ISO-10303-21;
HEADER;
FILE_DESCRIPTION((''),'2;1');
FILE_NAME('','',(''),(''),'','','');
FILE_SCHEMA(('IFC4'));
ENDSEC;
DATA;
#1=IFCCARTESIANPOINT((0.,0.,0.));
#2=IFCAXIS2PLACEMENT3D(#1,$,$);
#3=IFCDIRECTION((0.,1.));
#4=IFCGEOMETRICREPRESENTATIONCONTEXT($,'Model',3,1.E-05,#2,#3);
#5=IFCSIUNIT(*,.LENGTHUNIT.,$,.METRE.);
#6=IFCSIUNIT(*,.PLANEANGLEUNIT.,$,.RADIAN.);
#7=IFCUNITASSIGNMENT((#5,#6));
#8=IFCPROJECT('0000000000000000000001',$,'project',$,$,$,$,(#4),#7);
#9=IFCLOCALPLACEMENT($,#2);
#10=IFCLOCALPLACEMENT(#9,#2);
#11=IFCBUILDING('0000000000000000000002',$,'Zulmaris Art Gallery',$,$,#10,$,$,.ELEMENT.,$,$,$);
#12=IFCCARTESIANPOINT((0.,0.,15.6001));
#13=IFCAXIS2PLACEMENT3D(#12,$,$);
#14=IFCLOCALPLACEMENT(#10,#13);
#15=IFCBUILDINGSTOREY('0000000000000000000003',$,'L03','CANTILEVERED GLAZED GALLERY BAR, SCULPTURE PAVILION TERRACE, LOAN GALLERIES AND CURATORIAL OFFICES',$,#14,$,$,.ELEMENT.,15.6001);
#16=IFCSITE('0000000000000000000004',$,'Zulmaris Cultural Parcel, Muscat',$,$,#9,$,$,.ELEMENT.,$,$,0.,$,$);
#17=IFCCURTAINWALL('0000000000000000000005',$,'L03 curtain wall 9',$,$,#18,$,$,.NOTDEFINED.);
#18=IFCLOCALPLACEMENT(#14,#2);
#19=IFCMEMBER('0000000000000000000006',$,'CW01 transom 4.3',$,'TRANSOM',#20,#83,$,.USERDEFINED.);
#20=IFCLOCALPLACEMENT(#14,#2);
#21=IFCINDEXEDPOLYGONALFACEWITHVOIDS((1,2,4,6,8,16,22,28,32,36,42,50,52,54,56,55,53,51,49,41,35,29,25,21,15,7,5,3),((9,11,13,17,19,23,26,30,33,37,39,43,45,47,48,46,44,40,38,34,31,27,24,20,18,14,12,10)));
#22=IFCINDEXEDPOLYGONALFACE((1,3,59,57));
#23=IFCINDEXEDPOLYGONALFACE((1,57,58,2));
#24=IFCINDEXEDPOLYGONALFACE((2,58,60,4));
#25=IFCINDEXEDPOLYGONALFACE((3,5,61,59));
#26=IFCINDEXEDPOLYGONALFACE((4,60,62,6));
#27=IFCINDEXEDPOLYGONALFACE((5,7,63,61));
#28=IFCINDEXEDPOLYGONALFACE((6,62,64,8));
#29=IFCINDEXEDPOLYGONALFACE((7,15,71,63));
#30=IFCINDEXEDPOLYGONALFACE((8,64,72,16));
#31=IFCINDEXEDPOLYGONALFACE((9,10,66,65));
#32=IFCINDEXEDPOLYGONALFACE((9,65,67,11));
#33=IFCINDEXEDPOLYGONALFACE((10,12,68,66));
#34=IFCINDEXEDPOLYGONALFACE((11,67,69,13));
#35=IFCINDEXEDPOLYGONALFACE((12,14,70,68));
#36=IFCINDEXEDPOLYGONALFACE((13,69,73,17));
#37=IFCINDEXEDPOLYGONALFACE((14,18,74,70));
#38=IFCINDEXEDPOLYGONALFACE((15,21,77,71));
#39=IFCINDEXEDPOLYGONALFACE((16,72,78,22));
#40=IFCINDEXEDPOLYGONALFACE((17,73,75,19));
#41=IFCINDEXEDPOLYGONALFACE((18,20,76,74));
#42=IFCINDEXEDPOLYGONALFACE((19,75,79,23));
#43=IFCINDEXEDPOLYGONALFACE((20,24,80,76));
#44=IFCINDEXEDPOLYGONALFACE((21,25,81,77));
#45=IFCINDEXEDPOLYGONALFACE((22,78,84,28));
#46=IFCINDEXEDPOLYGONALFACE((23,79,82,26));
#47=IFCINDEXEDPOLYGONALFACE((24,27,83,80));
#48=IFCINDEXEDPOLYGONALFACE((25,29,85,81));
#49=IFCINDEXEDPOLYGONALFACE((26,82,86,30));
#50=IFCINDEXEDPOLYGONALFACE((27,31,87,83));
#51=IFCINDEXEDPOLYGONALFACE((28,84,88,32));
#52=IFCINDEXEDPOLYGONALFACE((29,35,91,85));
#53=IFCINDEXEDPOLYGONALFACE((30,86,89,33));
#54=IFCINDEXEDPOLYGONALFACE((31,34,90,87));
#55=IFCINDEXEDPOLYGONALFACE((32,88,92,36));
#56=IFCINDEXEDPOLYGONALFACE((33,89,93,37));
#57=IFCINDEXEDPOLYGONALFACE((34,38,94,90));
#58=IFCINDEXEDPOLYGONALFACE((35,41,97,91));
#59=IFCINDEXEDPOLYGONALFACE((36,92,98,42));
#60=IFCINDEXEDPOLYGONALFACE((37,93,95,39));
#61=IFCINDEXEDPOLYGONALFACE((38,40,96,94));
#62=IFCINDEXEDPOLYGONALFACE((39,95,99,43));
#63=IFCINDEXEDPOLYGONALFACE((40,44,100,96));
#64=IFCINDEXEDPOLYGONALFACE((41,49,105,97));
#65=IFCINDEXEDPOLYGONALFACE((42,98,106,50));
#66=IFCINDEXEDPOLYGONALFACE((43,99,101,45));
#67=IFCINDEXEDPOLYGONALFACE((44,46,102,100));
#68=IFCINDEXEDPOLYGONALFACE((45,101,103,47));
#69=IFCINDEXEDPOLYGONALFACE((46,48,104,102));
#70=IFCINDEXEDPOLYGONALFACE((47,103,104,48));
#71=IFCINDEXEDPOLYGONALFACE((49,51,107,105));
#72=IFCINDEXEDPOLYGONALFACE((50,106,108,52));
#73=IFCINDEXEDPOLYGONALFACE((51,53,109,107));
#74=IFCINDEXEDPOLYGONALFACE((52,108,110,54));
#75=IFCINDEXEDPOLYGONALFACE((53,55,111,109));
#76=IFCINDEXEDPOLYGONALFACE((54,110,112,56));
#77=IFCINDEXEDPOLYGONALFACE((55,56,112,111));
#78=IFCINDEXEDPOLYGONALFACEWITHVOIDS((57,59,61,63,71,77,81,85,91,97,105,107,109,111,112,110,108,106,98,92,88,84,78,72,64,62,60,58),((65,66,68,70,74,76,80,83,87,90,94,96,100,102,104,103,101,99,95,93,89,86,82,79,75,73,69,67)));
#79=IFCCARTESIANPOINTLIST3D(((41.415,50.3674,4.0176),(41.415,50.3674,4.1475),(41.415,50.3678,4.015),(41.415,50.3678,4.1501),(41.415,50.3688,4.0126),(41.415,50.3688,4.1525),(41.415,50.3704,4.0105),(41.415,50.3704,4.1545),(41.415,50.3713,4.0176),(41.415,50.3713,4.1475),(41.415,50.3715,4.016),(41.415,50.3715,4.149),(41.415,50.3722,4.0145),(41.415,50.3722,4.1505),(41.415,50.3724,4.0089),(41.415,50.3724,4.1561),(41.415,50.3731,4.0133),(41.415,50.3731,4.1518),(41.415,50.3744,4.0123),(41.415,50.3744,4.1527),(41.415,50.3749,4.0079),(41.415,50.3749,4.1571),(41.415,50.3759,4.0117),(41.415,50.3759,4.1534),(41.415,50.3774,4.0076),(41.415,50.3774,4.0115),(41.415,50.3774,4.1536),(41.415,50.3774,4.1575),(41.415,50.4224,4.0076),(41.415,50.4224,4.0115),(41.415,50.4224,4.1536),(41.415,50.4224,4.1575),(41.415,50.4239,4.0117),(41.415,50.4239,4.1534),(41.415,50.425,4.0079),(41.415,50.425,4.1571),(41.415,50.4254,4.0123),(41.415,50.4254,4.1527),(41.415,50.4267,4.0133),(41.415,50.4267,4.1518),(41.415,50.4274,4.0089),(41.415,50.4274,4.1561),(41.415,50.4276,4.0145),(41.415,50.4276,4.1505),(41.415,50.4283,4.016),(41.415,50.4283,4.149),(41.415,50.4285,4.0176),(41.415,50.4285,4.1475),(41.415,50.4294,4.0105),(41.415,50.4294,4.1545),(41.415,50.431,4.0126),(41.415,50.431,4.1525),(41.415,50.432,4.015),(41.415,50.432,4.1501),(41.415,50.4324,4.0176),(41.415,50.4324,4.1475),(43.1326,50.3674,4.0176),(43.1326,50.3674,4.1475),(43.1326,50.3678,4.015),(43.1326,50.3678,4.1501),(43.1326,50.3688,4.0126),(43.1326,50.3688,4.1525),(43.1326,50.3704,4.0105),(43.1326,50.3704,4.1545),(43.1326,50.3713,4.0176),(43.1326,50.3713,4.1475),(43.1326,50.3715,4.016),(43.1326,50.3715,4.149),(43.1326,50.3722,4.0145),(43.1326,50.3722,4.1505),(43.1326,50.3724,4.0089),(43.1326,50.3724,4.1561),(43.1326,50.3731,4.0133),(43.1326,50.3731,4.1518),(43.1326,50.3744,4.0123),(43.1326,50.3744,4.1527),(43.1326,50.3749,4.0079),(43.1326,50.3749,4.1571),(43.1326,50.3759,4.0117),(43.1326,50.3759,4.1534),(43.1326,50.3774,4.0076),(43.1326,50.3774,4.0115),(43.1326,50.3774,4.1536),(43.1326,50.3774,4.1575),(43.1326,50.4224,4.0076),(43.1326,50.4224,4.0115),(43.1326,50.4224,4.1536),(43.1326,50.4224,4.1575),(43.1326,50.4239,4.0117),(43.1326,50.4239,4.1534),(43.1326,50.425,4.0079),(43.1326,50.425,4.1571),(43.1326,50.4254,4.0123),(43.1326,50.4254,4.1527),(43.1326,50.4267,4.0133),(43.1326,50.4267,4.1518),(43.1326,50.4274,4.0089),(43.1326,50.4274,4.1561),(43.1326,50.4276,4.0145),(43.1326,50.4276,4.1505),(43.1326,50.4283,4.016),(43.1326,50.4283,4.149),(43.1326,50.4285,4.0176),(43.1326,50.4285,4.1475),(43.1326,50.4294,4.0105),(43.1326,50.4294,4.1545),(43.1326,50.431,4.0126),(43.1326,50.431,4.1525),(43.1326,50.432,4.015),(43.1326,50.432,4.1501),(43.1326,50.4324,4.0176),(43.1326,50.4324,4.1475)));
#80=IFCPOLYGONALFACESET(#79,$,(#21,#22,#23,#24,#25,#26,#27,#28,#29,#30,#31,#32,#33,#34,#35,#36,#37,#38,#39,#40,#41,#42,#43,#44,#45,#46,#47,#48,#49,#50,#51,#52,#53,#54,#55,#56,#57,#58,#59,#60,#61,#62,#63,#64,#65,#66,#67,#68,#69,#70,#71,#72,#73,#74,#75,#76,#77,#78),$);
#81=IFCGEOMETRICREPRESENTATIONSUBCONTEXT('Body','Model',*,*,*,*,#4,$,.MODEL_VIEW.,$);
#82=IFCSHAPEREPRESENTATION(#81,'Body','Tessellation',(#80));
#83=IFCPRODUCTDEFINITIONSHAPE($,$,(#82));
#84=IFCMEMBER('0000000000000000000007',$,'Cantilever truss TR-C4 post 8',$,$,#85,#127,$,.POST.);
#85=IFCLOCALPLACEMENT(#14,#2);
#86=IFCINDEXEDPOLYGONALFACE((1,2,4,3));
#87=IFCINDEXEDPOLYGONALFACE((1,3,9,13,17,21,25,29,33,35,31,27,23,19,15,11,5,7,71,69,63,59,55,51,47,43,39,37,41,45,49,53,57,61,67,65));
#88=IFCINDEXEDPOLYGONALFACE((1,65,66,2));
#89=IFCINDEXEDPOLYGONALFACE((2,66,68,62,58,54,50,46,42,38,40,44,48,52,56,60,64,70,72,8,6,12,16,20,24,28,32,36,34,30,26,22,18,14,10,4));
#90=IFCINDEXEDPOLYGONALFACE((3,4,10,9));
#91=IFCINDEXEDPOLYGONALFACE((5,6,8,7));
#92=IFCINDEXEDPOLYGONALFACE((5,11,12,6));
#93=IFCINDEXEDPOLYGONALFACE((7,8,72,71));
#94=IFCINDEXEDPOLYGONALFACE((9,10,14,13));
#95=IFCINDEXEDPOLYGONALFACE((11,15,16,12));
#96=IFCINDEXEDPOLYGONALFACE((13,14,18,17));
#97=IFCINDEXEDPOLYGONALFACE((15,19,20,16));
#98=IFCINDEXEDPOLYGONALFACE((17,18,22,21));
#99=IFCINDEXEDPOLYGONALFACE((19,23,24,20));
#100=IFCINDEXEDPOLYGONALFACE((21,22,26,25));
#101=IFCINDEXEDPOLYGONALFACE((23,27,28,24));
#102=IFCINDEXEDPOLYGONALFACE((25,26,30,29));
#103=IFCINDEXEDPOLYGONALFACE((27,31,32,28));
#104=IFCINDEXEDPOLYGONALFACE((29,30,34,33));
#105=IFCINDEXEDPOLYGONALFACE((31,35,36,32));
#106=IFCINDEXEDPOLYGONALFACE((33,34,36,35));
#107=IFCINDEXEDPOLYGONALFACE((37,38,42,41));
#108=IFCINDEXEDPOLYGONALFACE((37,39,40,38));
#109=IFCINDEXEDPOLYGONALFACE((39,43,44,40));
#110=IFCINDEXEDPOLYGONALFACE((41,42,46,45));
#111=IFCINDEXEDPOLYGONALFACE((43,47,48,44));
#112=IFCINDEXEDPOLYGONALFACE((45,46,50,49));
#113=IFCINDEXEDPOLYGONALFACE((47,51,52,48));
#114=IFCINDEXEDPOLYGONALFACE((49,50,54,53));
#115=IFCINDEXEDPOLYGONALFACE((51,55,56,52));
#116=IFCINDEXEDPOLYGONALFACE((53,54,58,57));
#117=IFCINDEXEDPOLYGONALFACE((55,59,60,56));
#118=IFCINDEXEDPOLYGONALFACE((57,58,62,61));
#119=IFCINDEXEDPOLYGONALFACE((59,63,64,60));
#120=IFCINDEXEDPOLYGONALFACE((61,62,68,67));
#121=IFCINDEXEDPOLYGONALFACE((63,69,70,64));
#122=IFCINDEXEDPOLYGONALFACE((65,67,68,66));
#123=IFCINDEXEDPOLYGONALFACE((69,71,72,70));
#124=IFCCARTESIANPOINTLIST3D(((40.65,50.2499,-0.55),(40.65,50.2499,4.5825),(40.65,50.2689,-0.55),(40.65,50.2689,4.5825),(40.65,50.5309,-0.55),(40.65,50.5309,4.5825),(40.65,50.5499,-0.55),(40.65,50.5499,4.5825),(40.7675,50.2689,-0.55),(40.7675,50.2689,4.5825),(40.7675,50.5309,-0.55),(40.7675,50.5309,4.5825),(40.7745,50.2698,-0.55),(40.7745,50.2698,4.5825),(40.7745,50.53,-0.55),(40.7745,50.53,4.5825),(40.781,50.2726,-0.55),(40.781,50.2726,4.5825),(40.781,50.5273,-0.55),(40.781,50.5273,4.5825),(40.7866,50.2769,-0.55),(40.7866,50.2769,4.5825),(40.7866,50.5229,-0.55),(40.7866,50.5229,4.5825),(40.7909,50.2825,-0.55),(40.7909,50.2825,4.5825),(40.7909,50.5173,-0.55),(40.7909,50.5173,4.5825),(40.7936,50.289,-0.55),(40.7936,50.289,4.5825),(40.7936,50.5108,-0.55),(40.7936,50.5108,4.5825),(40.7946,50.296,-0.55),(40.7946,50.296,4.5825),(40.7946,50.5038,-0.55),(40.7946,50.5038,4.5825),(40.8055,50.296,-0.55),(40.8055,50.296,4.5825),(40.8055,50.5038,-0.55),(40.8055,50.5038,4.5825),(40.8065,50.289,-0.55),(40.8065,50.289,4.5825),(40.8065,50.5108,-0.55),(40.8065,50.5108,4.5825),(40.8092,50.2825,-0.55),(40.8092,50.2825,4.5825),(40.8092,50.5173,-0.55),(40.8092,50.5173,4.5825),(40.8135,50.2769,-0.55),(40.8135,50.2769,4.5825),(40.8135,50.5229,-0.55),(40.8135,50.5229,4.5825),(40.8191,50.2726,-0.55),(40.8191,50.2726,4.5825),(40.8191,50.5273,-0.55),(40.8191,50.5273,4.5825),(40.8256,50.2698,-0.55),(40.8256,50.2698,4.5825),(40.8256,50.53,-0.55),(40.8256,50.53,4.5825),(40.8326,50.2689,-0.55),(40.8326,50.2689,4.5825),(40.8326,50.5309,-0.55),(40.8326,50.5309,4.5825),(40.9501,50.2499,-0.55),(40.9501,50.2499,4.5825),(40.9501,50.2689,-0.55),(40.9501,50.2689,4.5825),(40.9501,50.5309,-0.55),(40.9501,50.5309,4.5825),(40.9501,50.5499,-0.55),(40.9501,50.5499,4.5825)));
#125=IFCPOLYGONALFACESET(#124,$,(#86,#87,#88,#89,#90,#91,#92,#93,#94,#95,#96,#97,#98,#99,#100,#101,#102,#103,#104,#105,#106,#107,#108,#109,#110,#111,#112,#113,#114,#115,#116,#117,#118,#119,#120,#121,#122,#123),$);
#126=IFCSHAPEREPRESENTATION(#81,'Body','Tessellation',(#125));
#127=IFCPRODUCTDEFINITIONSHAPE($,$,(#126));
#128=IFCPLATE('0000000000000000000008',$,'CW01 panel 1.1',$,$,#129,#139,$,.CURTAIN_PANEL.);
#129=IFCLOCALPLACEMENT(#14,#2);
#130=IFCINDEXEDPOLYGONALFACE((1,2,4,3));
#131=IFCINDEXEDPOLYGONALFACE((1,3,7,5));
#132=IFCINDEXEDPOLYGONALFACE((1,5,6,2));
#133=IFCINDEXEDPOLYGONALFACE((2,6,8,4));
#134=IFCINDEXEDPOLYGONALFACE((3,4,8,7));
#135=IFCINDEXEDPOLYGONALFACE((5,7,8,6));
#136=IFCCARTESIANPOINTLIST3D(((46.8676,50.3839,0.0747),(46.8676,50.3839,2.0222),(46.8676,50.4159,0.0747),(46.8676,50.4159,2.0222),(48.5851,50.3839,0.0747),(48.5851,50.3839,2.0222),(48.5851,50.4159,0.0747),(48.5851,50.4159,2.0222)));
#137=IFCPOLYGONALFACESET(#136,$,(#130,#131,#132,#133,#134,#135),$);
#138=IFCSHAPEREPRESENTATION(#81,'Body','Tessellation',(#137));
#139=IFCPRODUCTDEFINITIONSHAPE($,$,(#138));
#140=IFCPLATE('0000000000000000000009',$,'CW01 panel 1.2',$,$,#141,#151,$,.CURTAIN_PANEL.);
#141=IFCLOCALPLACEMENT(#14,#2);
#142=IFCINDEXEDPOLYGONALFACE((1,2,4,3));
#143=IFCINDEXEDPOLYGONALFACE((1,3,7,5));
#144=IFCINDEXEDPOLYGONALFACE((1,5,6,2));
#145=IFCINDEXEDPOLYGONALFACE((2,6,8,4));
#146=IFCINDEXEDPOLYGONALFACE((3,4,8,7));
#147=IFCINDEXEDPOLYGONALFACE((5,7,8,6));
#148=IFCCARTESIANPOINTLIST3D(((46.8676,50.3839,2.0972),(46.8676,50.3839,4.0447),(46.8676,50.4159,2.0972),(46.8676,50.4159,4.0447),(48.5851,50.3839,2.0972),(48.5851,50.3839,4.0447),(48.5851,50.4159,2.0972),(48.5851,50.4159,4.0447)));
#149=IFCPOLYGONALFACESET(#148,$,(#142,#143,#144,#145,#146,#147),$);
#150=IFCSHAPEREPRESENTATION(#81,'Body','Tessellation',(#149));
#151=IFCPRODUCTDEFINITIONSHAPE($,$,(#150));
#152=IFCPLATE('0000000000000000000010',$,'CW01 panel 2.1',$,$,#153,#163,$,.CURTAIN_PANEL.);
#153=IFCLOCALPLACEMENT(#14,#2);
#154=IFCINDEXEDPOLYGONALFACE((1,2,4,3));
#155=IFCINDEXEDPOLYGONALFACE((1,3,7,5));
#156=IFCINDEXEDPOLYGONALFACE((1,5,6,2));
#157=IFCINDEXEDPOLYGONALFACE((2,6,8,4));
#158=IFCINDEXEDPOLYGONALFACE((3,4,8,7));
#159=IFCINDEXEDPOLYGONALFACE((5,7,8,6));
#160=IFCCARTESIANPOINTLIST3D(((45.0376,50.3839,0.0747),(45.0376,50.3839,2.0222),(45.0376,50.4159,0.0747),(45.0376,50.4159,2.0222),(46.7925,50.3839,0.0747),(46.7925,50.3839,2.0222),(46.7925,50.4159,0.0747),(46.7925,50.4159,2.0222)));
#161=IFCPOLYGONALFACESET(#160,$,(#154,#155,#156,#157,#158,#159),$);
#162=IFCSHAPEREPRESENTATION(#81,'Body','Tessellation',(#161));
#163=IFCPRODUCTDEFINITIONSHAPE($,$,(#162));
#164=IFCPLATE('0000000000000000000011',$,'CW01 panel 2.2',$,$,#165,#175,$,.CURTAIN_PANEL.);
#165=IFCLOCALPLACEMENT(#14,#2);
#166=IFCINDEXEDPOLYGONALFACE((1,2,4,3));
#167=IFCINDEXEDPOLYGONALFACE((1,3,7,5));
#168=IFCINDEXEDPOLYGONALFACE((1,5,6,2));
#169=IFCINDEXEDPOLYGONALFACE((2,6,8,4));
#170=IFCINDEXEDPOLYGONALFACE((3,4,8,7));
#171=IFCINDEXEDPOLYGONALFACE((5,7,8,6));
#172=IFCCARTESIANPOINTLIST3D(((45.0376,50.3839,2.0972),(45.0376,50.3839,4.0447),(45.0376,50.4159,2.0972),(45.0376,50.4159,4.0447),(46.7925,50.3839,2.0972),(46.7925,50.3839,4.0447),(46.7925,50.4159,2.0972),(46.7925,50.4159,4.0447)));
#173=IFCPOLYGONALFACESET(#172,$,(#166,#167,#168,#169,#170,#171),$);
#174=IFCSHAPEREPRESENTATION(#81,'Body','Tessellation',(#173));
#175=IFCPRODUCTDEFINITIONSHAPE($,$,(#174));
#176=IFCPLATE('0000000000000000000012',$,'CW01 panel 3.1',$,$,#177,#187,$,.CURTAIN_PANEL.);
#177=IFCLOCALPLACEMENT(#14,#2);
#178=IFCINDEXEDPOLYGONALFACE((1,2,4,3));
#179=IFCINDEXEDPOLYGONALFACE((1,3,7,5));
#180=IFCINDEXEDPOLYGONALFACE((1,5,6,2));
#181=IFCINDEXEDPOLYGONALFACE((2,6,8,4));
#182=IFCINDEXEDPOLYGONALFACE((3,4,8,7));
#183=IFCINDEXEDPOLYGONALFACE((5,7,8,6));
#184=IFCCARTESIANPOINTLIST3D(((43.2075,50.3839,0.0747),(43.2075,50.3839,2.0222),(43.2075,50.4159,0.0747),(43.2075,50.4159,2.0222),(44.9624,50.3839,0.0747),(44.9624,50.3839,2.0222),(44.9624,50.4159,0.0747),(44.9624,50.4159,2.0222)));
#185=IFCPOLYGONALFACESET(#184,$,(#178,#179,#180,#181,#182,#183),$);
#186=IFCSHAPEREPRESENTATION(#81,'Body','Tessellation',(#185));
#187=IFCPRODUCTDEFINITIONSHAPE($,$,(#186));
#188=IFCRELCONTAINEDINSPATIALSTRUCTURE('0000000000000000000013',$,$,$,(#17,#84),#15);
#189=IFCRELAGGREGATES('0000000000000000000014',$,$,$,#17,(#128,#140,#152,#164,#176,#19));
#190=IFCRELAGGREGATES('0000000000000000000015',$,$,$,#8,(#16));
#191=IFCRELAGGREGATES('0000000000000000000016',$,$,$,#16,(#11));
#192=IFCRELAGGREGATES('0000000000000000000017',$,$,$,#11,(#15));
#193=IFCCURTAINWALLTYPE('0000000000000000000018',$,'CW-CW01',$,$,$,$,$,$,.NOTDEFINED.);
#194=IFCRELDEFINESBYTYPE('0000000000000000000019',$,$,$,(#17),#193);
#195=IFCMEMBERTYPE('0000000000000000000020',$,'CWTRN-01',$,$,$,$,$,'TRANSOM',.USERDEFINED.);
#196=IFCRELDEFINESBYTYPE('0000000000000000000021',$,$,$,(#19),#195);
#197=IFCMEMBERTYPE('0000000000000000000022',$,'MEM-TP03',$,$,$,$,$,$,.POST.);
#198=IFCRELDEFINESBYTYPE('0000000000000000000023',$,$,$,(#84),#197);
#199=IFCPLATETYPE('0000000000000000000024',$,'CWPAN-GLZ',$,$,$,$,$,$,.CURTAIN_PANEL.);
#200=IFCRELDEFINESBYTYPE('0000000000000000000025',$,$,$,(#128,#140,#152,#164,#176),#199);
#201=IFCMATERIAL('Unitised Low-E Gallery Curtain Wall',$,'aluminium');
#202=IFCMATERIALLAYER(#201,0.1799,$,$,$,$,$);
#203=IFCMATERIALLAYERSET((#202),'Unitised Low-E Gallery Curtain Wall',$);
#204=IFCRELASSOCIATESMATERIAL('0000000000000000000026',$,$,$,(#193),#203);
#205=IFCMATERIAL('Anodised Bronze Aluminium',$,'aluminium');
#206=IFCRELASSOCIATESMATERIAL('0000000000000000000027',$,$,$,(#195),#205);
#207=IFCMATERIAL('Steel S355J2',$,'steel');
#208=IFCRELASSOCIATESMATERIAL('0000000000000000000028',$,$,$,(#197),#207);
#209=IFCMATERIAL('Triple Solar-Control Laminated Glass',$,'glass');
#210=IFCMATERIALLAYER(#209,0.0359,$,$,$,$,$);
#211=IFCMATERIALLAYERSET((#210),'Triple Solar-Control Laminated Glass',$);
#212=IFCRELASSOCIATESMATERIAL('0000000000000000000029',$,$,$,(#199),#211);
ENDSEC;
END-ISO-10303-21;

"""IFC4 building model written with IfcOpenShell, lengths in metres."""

from ifc_helpers import new_model, si_unit, direction, frame, origin, origin_2d, place, context, subcontext, project, spatial, rectangle, hollow_rectangle, i_section, extrude, material, layer, layer_set, material_profile, profile_set, type_object, element, aggregate, save


model = new_model("IFC4")

# Units and contexts
model_context = context("Model", 3, precision=1e-05, world=origin(), true_north=direction((0.0, 1.0)))
body_context = subcontext(model_context, "Body", "Model", "MODEL_VIEW")
ifc_project = project(units=[si_unit("LENGTHUNIT", "METRE"), si_unit("PLANEANGLEUNIT", "RADIAN")], contexts=[model_context])

# Site, building, storey
site_placement = place(None, origin())
site = spatial("IfcSite", under=ifc_project, at=site_placement, Name="Zulmaris Cultural Parcel, Muscat", CompositionType="ELEMENT", RefElevation=0.0)
building_placement = place(site_placement, origin())
building = spatial("IfcBuilding", under=site, at=building_placement, Name="Zulmaris Art Gallery", CompositionType="ELEMENT")
storey_placement = place(building_placement, frame((0.0, 0.0, 15.6001)))
storey = spatial("IfcBuildingStorey", under=building, at=storey_placement, Name="L03", Description="CANTILEVERED GLAZED GALLERY BAR, SCULPTURE PAVILION TERRACE, LOAN GALLERIES AND CURATORIAL OFFICES", CompositionType="ELEMENT", Elevation=15.6001)

# Shared definitions
ifc_material_1 = material(Name="Steel S355J2", Category="steel")

# Shared definitions
ifc_material_2 = material(Name="Unitised Low-E Gallery Curtain Wall", Category="aluminium")
ifc_layer_1 = layer(ifc_material_2, 0.1799)
ifc_layer_set_1 = layer_set([ifc_layer_1], Name="Unitised Low-E Gallery Curtain Wall")
curtain_wall_type = type_object("IfcCurtainWallType", Name="CW-CW01", PredefinedType="NOTDEFINED", material=ifc_layer_set_1)
ifc_material_3 = material(Name="Anodised Bronze Aluminium", Category="aluminium")

# Curtain wall, member
curtain_wall_1_placement = place(storey_placement, origin())
curtain_wall_1 = element("IfcCurtainWall", 1, at=curtain_wall_1_placement, inside=storey, type_object=curtain_wall_type, Name="L03 curtain wall 9", PredefinedType="NOTDEFINED")
ifc_material_profile_1 = material_profile(ifc_material_3, hollow_rectangle(XDim=0.0649, YDim=0.1499, WallThickness=0.0039, InnerFilletRadius=0.0061, OuterFilletRadius=0.01, at=origin_2d()), Name="ALU 65x150x4")
ifc_profile_set_1 = profile_set([ifc_material_profile_1], Name="Anodised Bronze Aluminium")
member_type_1 = type_object("IfcMemberType", Name="CWTRN-01", ElementType="TRANSOM", PredefinedType="USERDEFINED", material=ifc_profile_set_1)
member_1_placement = place(storey_placement, frame((43.1326, 50.3999, 4.0825), z_axis=(-1.0, 0.0, 0.0), x_axis=(0.0, -1.0, 0.0)))
member_1 = element("IfcMember", 2, at=member_1_placement, type_object=member_type_1, Name="CW01 transom 4.3", ObjectType="TRANSOM", PredefinedType="USERDEFINED", context=body_context, shape_type="SweptSolid", body=[
    extrude(hollow_rectangle(XDim=0.0649, YDim=0.1499, WallThickness=0.0039, InnerFilletRadius=0.0061, OuterFilletRadius=0.01, at=origin_2d()), origin(), (0.0, 0.0, 1.0), 1.7175),
])

# Member
ifc_material_profile_2 = material_profile(ifc_material_1, i_section(OverallWidth=0.3, OverallDepth=0.3, WebThickness=0.011, FlangeThickness=0.019, FilletRadius=0.0271, at=origin_2d()), Name="HEB 300")
ifc_profile_set_2 = profile_set([ifc_material_profile_2], Name="Steel S355J2")
member_type_2 = type_object("IfcMemberType", Name="MEM-TP03", PredefinedType="POST", material=ifc_profile_set_2)
member_2_placement = place(storey_placement, frame((40.8, 50.3999, -0.55), z_axis=(0.0, 0.0, 1.0), x_axis=(1.0, 0.0, 0.0)))
element("IfcMember", 3, at=member_2_placement, inside=storey, type_object=member_type_2, Name="Cantilever truss TR-C4 post 8", PredefinedType="POST", context=body_context, shape_type="SweptSolid", body=[
    extrude(i_section(OverallWidth=0.3, OverallDepth=0.3, WebThickness=0.011, FlangeThickness=0.019, FilletRadius=0.0271, at=origin_2d()), origin(), (0.0, 0.0, 1.0), 5.1326),
])

# Plates
ifc_material_4 = material(Name="Triple Solar-Control Laminated Glass", Category="glass")
ifc_layer_2 = layer(ifc_material_4, 0.0359)
ifc_layer_set_2 = layer_set([ifc_layer_2], Name="Triple Solar-Control Laminated Glass")
plate_type_1 = type_object("IfcPlateType", Name="CWPAN-GLZ", PredefinedType="CURTAIN_PANEL", material=ifc_layer_set_2)
plate_1_placement = place(storey_placement, frame((47.7263, 50.3999, 0.0747), z_axis=(0.0, 0.0, 1.0), x_axis=(-1.0, 0.0, 0.0)))
plate_1 = element("IfcPlate", 4, at=plate_1_placement, type_object=plate_type_1, Name="CW01 panel 1.1", PredefinedType="CURTAIN_PANEL", context=body_context, shape_type="SweptSolid", body=[
    extrude(rectangle(XDim=1.7175, YDim=0.032, at=origin_2d()), origin(), (0.0, 0.0, 1.0), 1.9475),
])
plate_2_placement = place(storey_placement, frame((47.7263, 50.3999, 2.0972), z_axis=(0.0, 0.0, 1.0), x_axis=(-1.0, 0.0, 0.0)))
plate_2 = element("IfcPlate", 5, at=plate_2_placement, type_object=plate_type_1, Name="CW01 panel 1.2", PredefinedType="CURTAIN_PANEL", context=body_context, shape_type="SweptSolid", body=[
    extrude(rectangle(XDim=1.7175, YDim=0.032, at=origin_2d()), origin(), (0.0, 0.0, 1.0), 1.9475),
])
plate_3_placement = place(storey_placement, frame((45.915, 50.3999, 0.0747), z_axis=(0.0, 0.0, 1.0), x_axis=(-1.0, 0.0, 0.0)))
plate_3 = element("IfcPlate", 6, at=plate_3_placement, type_object=plate_type_1, Name="CW01 panel 2.1", PredefinedType="CURTAIN_PANEL", context=body_context, shape_type="SweptSolid", body=[
    extrude(rectangle(XDim=1.7549, YDim=0.032, at=origin_2d()), origin(), (0.0, 0.0, 1.0), 1.9475),
])
plate_4_placement = place(storey_placement, frame((45.915, 50.3999, 2.0972), z_axis=(0.0, 0.0, 1.0), x_axis=(-1.0, 0.0, 0.0)))
plate_4 = element("IfcPlate", 7, at=plate_4_placement, type_object=plate_type_1, Name="CW01 panel 2.2", PredefinedType="CURTAIN_PANEL", context=body_context, shape_type="SweptSolid", body=[
    extrude(rectangle(XDim=1.7549, YDim=0.032, at=origin_2d()), origin(), (0.0, 0.0, 1.0), 1.9475),
])
plate_5_placement = place(storey_placement, frame((44.085, 50.3999, 0.0747), z_axis=(0.0, 0.0, 1.0), x_axis=(-1.0, 0.0, 0.0)))
plate_5 = element("IfcPlate", 8, at=plate_5_placement, type_object=plate_type_1, Name="CW01 panel 3.1", PredefinedType="CURTAIN_PANEL", context=body_context, shape_type="SweptSolid", body=[
    extrude(rectangle(XDim=1.7549, YDim=0.032, at=origin_2d()), origin(), (0.0, 0.0, 1.0), 1.9475),
])
aggregate(curtain_wall_1, [plate_1, plate_2, plate_3, plate_4, plate_5, member_1])

save(model, "model.ifc")
